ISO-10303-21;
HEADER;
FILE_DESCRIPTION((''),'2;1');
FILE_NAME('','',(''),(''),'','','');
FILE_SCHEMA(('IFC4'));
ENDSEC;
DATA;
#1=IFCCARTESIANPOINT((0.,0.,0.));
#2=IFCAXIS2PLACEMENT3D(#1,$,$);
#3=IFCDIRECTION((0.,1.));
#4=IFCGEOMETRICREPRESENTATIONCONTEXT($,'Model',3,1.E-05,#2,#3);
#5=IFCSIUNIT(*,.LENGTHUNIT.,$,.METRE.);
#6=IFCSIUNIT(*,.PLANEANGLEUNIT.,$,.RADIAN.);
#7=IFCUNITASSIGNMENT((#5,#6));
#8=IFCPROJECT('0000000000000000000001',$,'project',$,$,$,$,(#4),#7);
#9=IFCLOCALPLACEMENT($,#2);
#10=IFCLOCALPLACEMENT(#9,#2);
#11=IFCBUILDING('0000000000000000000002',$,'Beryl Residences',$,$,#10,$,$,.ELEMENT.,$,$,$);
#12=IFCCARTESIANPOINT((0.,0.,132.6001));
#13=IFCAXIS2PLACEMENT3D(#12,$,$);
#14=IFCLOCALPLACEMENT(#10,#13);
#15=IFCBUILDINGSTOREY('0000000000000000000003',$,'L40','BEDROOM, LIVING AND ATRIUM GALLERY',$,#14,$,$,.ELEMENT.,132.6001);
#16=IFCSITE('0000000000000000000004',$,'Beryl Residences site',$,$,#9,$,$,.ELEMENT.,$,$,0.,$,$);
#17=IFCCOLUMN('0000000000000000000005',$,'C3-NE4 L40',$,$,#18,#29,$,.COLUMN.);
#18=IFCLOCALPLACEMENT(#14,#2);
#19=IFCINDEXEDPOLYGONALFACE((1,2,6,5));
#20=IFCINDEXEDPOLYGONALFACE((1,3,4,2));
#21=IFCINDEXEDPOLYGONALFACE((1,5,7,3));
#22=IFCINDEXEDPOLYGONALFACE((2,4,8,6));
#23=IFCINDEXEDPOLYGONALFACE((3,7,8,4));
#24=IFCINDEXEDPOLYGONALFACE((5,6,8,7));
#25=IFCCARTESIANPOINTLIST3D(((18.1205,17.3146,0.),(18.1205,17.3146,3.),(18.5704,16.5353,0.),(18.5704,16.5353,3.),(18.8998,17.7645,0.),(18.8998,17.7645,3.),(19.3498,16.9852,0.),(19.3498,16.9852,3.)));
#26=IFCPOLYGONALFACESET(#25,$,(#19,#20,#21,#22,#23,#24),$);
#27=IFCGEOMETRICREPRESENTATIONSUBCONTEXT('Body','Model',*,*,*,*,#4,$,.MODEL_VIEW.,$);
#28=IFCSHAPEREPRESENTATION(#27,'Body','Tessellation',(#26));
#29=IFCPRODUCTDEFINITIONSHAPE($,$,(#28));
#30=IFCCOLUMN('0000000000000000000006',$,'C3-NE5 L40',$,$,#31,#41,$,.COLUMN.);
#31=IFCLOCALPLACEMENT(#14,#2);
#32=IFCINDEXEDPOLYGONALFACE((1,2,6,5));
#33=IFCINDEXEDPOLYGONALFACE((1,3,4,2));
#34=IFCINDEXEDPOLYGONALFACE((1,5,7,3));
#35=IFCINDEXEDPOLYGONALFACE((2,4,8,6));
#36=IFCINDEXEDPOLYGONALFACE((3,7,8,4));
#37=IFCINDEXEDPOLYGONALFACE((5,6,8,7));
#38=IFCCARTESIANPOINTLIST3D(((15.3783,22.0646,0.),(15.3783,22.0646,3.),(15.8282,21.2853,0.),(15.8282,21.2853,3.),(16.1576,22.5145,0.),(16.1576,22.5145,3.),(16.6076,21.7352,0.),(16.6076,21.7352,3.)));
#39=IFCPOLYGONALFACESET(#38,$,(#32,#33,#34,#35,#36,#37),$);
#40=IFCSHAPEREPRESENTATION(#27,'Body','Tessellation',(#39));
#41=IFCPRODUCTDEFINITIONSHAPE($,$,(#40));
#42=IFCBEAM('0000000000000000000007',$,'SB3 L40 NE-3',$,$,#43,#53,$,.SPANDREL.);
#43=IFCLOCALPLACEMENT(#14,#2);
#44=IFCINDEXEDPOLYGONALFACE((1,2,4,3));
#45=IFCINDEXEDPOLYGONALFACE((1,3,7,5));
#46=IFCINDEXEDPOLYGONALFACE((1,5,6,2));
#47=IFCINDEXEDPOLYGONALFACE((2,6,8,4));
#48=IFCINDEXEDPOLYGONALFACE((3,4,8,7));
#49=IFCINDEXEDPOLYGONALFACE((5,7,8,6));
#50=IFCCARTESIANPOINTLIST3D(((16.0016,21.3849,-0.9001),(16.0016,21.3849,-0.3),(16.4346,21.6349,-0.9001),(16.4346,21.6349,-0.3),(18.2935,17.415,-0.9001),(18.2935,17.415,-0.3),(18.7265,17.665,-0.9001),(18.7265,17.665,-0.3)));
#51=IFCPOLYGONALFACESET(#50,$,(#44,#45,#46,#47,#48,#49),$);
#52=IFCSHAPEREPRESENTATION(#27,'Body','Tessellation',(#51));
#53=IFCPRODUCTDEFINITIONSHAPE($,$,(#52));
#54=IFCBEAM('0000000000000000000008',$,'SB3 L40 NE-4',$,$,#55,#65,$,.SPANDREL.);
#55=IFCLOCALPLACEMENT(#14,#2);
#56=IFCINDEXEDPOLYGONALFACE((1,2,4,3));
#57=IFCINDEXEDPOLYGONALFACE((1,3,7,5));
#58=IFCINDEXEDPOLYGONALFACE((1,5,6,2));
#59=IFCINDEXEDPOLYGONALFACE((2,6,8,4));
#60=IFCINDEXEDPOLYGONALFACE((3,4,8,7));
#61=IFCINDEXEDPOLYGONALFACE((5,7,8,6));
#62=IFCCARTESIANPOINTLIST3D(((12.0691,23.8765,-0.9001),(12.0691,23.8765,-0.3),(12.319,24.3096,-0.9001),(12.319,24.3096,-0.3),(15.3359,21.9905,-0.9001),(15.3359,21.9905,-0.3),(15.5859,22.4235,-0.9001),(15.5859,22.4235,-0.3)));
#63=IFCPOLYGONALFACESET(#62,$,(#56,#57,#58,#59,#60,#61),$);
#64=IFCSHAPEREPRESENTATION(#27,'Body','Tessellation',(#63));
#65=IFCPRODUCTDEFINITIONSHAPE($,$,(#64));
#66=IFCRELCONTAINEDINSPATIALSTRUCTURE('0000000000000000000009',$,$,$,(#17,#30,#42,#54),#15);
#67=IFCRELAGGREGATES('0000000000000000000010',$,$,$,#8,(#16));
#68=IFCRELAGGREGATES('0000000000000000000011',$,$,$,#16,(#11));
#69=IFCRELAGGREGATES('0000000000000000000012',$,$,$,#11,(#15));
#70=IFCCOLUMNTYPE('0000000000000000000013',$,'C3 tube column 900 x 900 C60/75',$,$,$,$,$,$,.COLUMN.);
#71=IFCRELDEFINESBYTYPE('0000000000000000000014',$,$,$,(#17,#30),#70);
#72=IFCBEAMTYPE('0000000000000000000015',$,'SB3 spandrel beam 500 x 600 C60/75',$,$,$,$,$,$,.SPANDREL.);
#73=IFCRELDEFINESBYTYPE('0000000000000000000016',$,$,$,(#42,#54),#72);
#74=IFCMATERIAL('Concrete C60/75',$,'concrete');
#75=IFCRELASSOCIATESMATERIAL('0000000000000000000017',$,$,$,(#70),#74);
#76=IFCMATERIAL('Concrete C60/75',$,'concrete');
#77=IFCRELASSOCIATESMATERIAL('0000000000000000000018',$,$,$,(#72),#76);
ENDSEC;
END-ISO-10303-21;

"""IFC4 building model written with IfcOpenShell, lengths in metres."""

from ifc_helpers import new_model, si_unit, direction, frame, origin, origin_2d, place, context, subcontext, project, spatial, rectangle, extrude, material, material_profile, profile_set, type_object, element, save


model = new_model("IFC4")

# Units and contexts
model_context = context("Model", 3, precision=1e-05, world=origin(), true_north=direction((0.0, 1.0)))
body_context = subcontext(model_context, "Body", "Model", "MODEL_VIEW")
ifc_project = project(units=[si_unit("LENGTHUNIT", "METRE"), si_unit("PLANEANGLEUNIT", "RADIAN")], contexts=[model_context])

# Site, building, storey
site_placement = place(None, origin())
site = spatial("IfcSite", under=ifc_project, at=site_placement, Name="Beryl Residences site", CompositionType="ELEMENT", RefElevation=0.0)
building_placement = place(site_placement, origin())
building = spatial("IfcBuilding", under=site, at=building_placement, Name="Beryl Residences", CompositionType="ELEMENT")
storey_placement = place(building_placement, frame((0.0, 0.0, 132.6001)))
storey = spatial("IfcBuildingStorey", under=building, at=storey_placement, Name="L40", Description="BEDROOM, LIVING AND ATRIUM GALLERY", CompositionType="ELEMENT", Elevation=132.6001)

# Columns
ifc_material_1 = material(Name="Concrete C60/75", Category="concrete")
ifc_material_profile_1 = material_profile(ifc_material_1, rectangle(XDim=0.8999, YDim=0.8999, at=origin_2d()))
ifc_profile_set_1 = profile_set([ifc_material_profile_1], Name="Concrete C60/75")
column_type = type_object("IfcColumnType", Name="C3 tube column 900 x 900 C60/75", PredefinedType="COLUMN", material=ifc_profile_set_1)
for number, where, z_axis, x_axis, name in (
    (1, (18.7351, 17.1499, 0.0), (0.0, 0.0, 1.0), (-0.5, 0.866025, 0.0), "C3-NE4 L40"),
    (2, (15.9929, 21.8999, 0.0), (0.0, 0.0, 1.0), (-0.5, 0.866025, 0.0), "C3-NE5 L40"),
):
    element("IfcColumn", number, at=place(storey_placement, frame(where, z_axis=z_axis, x_axis=x_axis)), inside=storey, type_object=column_type, Name=name, PredefinedType="COLUMN", context=body_context, shape_type="SweptSolid", body=[
        extrude(rectangle(XDim=0.8999, YDim=0.8999, at=origin_2d()), origin(), (0.0, 0.0, 1.0), 3.0),
    ])

# Beams
ifc_material_2 = material(Name="Concrete C60/75", Category="concrete")
ifc_material_profile_2 = material_profile(ifc_material_2, rectangle(XDim=0.5, YDim=0.6001, at=origin_2d()))
ifc_profile_set_2 = profile_set([ifc_material_profile_2], Name="Concrete C60/75")
beam_type = type_object("IfcBeamType", Name="SB3 spandrel beam 500 x 600 C60/75", PredefinedType="SPANDREL", material=ifc_profile_set_2)
beam_1_placement = place(storey_placement, frame((18.51, 17.54, -0.6001), z_axis=(-0.499988, 0.866032, 0.0), x_axis=(-0.866032, -0.499988, 0.0)))
element("IfcBeam", 3, at=beam_1_placement, inside=storey, type_object=beam_type, Name="SB3 L40 NE-3", PredefinedType="SPANDREL", context=body_context, shape_type="SweptSolid", body=[
    extrude(rectangle(XDim=0.5, YDim=0.6001, at=origin_2d()), origin(), (0.0, 0.0, 1.0), 4.584),
])
beam_2_placement = place(storey_placement, frame((15.4609, 22.207, -0.6001), z_axis=(-0.86604, 0.499975, 0.0), x_axis=(-0.499975, -0.86604, 0.0)))
element("IfcBeam", 4, at=beam_2_placement, inside=storey, type_object=beam_type, Name="SB3 L40 NE-4", PredefinedType="SPANDREL", context=body_context, shape_type="SweptSolid", body=[
    extrude(rectangle(XDim=0.5, YDim=0.6001, at=origin_2d()), origin(), (0.0, 0.0, 1.0), 3.7722),
])

save(model, "model.ifc")
